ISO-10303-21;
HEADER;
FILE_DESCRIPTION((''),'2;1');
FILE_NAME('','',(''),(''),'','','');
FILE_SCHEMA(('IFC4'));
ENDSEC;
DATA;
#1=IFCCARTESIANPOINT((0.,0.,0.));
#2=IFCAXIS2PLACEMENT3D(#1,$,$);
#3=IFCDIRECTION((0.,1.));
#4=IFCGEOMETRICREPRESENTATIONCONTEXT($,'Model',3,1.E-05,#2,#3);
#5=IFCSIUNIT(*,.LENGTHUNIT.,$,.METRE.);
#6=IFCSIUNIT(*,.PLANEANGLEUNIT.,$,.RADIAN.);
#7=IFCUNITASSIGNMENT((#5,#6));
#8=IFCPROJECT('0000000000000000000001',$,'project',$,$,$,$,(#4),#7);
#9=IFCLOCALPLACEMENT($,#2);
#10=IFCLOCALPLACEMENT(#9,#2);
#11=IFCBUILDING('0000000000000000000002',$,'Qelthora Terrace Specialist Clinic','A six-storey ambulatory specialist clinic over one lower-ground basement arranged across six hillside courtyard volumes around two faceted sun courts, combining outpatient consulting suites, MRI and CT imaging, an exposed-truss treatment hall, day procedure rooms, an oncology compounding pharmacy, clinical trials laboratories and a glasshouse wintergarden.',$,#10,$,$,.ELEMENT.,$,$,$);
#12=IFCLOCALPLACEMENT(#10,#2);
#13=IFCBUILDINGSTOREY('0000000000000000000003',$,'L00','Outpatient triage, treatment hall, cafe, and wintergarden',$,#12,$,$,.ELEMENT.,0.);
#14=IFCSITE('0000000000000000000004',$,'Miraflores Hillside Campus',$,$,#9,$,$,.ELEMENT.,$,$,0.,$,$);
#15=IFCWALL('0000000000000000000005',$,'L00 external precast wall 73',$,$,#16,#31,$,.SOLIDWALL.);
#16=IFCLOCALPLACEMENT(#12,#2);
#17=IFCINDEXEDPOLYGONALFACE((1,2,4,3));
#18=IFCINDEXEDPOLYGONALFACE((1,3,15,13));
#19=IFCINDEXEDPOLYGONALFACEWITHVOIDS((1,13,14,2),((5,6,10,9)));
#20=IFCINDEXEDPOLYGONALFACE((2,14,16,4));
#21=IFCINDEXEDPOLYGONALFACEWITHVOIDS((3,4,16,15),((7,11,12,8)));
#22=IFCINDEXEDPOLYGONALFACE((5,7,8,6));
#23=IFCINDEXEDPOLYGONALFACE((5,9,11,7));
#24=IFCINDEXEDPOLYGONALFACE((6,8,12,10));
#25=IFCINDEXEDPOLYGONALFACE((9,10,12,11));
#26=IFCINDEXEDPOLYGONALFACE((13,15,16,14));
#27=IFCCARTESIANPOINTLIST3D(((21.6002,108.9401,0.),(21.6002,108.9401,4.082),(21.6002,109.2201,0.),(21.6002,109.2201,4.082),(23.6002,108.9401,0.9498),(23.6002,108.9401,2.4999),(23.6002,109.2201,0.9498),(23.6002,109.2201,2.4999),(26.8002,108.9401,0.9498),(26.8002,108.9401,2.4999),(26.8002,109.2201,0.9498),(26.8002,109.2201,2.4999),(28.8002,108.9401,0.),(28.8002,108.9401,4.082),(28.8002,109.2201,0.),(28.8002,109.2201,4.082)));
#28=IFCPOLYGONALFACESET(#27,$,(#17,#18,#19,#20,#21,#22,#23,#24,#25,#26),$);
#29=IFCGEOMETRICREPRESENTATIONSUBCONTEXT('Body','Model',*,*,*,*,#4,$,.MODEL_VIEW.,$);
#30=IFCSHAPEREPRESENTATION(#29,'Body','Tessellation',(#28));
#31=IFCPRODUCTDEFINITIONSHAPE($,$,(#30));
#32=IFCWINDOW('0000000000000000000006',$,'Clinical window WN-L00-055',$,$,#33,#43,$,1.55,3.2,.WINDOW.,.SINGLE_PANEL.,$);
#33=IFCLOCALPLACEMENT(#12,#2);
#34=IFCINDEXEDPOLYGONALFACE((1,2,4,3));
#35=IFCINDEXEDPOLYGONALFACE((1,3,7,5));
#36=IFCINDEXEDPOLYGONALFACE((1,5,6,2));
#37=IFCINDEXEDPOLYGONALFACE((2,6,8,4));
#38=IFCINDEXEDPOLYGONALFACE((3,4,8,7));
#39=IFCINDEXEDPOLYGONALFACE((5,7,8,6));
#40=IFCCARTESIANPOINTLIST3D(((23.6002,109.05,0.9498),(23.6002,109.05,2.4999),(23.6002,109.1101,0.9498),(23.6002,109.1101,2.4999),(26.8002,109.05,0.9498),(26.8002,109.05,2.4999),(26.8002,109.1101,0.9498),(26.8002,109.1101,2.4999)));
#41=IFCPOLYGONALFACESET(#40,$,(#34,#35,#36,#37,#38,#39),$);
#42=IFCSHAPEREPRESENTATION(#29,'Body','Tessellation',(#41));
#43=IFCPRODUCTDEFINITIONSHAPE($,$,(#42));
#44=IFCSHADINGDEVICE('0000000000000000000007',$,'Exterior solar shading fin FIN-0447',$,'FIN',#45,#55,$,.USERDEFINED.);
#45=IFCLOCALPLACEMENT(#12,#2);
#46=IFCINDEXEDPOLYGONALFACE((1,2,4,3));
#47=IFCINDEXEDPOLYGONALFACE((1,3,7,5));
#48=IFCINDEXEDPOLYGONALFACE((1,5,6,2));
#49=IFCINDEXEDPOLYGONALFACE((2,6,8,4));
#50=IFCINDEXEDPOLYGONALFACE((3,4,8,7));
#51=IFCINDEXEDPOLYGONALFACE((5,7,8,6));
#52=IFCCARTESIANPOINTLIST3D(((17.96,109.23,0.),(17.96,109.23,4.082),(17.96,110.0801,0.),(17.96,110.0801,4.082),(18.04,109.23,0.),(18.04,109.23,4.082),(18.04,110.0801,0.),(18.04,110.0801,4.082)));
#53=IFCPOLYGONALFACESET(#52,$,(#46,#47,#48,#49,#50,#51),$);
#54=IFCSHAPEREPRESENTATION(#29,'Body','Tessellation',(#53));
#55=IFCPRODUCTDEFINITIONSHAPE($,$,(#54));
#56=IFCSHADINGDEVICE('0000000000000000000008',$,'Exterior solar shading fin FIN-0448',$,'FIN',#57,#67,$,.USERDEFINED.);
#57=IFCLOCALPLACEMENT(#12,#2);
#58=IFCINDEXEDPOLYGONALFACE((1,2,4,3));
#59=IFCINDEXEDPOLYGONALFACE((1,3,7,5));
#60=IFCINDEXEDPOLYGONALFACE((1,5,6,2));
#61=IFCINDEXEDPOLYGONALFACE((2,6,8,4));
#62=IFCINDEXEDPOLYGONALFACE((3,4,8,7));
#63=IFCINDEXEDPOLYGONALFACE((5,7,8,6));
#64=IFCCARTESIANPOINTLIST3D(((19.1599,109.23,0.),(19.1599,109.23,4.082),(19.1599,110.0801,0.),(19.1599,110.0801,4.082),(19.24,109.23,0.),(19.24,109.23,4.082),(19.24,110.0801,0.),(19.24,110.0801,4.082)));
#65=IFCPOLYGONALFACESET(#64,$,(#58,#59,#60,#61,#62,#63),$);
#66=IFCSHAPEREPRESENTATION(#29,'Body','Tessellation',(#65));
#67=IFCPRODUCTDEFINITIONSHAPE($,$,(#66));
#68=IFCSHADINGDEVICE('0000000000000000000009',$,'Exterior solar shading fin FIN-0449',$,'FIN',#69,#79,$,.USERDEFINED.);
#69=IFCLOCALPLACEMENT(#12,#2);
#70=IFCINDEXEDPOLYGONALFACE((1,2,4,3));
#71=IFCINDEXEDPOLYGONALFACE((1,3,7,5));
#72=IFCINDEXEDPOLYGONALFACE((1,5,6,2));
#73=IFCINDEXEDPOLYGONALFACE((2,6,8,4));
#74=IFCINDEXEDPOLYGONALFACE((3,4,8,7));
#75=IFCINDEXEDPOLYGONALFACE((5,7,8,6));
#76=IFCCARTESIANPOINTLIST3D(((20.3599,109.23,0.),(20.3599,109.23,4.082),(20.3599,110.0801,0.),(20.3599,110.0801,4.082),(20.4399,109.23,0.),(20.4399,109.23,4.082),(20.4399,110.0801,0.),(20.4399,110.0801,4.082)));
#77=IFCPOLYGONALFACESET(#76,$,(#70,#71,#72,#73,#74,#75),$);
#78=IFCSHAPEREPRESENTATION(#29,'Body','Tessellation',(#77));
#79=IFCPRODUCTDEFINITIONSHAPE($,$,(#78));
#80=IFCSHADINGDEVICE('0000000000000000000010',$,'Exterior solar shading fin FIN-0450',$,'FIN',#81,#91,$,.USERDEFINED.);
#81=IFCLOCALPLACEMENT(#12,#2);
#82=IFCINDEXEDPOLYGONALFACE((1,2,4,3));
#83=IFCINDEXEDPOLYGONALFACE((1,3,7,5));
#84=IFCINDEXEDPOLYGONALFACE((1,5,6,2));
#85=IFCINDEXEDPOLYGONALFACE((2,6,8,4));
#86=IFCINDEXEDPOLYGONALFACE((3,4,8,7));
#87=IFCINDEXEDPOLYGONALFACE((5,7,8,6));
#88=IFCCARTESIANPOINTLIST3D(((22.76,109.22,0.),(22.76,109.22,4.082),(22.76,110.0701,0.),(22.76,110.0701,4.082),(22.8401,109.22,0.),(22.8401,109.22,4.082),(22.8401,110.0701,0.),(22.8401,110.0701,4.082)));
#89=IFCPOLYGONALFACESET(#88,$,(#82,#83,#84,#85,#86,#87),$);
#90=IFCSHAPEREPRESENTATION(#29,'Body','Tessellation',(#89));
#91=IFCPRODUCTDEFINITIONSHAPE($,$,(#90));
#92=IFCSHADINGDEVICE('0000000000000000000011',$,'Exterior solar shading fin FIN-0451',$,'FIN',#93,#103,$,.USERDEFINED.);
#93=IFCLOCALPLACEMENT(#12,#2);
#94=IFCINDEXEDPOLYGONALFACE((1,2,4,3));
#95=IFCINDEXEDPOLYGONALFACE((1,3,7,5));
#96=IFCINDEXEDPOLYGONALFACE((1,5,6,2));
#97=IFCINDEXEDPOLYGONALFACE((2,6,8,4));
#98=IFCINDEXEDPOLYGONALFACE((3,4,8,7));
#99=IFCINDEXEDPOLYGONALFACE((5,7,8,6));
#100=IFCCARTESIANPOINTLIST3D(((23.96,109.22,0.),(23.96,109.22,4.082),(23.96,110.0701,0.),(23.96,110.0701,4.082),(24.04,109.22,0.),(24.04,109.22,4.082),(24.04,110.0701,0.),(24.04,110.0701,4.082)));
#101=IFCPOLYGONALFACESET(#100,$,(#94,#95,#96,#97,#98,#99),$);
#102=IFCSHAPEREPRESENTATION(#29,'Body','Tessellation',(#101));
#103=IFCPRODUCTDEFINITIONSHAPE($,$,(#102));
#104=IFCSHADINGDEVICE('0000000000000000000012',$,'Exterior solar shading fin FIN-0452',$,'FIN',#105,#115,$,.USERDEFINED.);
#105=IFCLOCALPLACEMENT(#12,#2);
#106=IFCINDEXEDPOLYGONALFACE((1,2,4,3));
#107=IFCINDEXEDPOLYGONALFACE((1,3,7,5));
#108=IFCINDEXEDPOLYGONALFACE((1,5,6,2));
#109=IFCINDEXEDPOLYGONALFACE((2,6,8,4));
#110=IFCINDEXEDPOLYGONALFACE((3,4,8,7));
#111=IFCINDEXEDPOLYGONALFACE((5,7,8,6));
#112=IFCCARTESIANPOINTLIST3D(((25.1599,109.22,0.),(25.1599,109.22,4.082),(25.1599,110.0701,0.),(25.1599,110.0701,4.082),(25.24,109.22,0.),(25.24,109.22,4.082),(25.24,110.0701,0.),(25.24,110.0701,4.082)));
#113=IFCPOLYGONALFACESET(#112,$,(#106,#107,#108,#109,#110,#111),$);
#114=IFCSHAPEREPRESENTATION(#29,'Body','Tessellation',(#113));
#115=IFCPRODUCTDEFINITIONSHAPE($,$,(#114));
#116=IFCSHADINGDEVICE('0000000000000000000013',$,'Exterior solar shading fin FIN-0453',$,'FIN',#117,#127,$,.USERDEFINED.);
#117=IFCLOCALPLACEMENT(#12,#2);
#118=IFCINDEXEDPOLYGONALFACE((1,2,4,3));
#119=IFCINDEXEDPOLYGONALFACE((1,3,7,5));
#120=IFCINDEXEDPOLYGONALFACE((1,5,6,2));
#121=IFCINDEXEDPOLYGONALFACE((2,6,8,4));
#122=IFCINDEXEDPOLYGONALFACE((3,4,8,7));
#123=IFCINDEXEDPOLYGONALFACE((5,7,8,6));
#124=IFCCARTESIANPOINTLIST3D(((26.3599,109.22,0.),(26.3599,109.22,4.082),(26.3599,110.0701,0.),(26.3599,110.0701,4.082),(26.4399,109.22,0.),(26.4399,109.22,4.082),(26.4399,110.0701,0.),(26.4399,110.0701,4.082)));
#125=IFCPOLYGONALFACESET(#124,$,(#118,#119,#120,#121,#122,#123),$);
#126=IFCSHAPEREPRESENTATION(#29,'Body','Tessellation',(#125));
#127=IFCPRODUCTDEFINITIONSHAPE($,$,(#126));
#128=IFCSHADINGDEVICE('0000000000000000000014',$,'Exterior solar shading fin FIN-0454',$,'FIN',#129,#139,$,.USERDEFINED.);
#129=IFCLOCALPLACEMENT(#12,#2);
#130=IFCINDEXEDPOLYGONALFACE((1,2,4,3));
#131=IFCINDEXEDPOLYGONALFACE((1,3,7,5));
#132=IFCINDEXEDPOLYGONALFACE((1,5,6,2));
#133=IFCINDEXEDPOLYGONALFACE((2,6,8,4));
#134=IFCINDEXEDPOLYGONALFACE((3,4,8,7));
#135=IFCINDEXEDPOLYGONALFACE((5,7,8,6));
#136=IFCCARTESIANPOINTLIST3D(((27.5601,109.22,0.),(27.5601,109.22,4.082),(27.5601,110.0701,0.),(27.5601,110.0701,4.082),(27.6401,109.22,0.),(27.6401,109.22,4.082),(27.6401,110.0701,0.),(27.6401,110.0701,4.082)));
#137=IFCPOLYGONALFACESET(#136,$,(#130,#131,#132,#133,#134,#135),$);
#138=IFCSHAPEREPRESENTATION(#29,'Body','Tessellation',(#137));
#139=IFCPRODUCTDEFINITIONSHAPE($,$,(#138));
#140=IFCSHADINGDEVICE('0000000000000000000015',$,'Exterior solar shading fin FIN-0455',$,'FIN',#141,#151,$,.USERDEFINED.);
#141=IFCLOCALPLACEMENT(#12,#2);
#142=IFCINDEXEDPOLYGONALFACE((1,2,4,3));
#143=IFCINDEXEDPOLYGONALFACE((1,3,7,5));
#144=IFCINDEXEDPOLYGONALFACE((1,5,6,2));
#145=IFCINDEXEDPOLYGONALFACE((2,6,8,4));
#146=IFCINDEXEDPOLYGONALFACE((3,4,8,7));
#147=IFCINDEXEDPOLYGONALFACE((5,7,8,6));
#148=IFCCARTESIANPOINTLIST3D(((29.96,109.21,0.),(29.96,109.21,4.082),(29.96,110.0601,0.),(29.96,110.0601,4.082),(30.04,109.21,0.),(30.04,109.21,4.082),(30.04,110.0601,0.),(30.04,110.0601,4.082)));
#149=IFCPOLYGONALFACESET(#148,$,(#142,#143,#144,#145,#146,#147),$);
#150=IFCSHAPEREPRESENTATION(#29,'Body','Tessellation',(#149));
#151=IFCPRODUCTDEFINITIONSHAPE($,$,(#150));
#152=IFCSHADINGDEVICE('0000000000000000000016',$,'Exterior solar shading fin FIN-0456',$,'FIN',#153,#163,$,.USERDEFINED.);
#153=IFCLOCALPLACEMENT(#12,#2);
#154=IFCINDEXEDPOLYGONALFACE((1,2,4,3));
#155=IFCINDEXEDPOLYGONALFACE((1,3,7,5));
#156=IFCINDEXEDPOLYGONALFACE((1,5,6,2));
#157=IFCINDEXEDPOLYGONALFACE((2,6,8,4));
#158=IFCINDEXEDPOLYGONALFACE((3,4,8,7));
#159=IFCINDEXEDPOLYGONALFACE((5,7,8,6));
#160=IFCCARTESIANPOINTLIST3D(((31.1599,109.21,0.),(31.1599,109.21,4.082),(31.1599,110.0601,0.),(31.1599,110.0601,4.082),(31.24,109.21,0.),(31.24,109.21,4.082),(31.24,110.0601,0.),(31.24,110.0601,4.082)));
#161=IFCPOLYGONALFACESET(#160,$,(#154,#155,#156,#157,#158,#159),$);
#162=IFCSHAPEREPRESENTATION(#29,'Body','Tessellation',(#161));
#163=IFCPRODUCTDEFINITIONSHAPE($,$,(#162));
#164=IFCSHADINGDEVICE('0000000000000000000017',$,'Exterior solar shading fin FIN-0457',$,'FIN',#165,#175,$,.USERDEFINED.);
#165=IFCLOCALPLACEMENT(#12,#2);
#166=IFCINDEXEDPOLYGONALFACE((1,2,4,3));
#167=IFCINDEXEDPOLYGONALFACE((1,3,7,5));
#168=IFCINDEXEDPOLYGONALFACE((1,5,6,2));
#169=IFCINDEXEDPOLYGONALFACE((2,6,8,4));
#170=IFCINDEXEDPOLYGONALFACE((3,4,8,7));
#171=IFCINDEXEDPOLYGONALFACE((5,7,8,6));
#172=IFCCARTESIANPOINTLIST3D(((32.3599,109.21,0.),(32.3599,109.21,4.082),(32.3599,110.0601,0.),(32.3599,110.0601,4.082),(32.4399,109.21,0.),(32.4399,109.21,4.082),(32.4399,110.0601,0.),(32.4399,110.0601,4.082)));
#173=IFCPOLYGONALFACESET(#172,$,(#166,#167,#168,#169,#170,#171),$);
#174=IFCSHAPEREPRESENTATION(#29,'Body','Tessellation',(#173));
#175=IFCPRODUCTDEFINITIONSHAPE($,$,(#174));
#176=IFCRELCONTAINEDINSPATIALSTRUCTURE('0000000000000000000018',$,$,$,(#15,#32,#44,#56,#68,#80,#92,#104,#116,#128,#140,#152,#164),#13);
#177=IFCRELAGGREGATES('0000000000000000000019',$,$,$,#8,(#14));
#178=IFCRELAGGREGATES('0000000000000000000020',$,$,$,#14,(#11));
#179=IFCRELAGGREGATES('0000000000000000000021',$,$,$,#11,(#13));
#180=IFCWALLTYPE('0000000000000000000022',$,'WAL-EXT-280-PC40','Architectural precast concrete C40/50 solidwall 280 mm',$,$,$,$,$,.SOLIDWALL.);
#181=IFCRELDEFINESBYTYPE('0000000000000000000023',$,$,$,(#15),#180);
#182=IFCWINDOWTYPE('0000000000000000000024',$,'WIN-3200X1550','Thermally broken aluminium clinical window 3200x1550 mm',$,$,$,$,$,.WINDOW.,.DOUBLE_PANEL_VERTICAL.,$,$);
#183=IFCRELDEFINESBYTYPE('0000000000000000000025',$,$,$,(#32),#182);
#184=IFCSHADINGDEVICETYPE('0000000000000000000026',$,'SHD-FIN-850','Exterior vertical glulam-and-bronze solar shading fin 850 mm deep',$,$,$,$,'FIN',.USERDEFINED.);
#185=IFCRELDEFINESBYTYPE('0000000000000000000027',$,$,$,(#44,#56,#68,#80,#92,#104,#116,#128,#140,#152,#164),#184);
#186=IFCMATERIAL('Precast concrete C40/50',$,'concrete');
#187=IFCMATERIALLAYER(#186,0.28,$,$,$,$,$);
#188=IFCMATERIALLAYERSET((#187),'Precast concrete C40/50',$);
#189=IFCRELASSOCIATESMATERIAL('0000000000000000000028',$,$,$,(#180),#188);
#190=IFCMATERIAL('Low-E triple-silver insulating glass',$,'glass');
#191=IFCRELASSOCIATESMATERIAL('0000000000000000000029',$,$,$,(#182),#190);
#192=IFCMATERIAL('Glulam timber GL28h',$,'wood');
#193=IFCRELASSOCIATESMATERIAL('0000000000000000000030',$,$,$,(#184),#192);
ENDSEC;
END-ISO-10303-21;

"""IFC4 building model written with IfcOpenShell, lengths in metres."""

from ifc_helpers import new_model, si_unit, direction, frame, frame_2d, origin, origin_2d, place, context, subcontext, project, spatial, rectangle, extrude, material, layer, layer_set, type_object, element, fill, save


model = new_model("IFC4")

# Units and contexts
model_context = context("Model", 3, precision=1e-05, world=origin(), true_north=direction((0.0, 1.0)))
body_context = subcontext(model_context, "Body", "Model", "MODEL_VIEW")
ifc_project = project(units=[si_unit("LENGTHUNIT", "METRE"), si_unit("PLANEANGLEUNIT", "RADIAN")], contexts=[model_context])

# Site, building, storey
site_placement = place(None, origin())
site = spatial("IfcSite", under=ifc_project, at=site_placement, Name="Miraflores Hillside Campus", CompositionType="ELEMENT", RefElevation=0.0)
building_placement = place(site_placement, origin())
building = spatial("IfcBuilding", under=site, at=building_placement, Name="Qelthora Terrace Specialist Clinic", Description="A six-storey ambulatory specialist clinic over one lower-ground basement arranged across six hillside courtyard volumes around two faceted sun courts, combining outpatient consulting suites, MRI and CT imaging, an exposed-truss treatment hall, day procedure rooms, an oncology compounding pharmacy, clinical trials laboratories and a glasshouse wintergarden.", CompositionType="ELEMENT")
storey_placement = place(building_placement, origin())
storey = spatial("IfcBuildingStorey", under=building, at=storey_placement, Name="L00", Description="Outpatient triage, treatment hall, cafe, and wintergarden", CompositionType="ELEMENT", Elevation=0.0)

# Wall, opening, window
ifc_material_1 = material(Name="Precast concrete C40/50", Category="concrete")
ifc_material_2 = material(Name="Low-E triple-silver insulating glass", Category="glass")
ifc_layer_1 = layer(ifc_material_1, 0.28)
ifc_layer_set_1 = layer_set([ifc_layer_1], Name="Precast concrete C40/50")
wall_type_1 = type_object("IfcWallType", Name="WAL-EXT-280-PC40", Description="Architectural precast concrete C40/50 solidwall 280 mm", PredefinedType="SOLIDWALL", material=ifc_layer_set_1)
wall_1_placement = place(storey_placement, frame((21.6001, 109.0801, 0.0), z_axis=(0.0, 0.0, 1.0), x_axis=(1.0, 0.0, 0.0)))
wall_1 = element("IfcWall", 1, at=wall_1_placement, inside=storey, type_object=wall_type_1, Name="L00 external precast wall 73", PredefinedType="SOLIDWALL", context=body_context, shape_type="SweptSolid", body=[
    extrude(rectangle(XDim=7.2, YDim=0.28, at=frame_2d((3.6001, 0.0))), origin(), (0.0, 0.0, 1.0), 4.082),
])
opening_1_placement = place(wall_1_placement, frame((2.0, 0.0, 0.95)))
opening_1 = element("IfcOpeningElement", 2, at=opening_1_placement, cuts=wall_1, PredefinedType="OPENING", context=body_context, shape_type="SweptSolid", body=[
    extrude(rectangle(XDim=3.2, YDim=1.55, at=frame_2d((1.6001, 0.7749))), frame((0.0, 0.1499, 0.0), z_axis=(0.0, -1.0, 0.0), x_axis=(1.0, 0.0, 0.0)), (0.0, 0.0, 1.0), 0.3),
])
window_type_1 = type_object("IfcWindowType", Name="WIN-3200X1550", Description="Thermally broken aluminium clinical window 3200x1550 mm", PartitioningType="DOUBLE_PANEL_VERTICAL", PredefinedType="WINDOW", material=ifc_material_2)
window_1_placement = place(opening_1_placement, origin())
window_1 = element("IfcWindow", 3, at=window_1_placement, inside=storey, type_object=window_type_1, Name="Clinical window WN-L00-055", OverallHeight=1.55, OverallWidth=3.2, PartitioningType="SINGLE_PANEL", PredefinedType="WINDOW", context=body_context, shape_type="SweptSolid", body=[
    extrude(rectangle(XDim=3.2, YDim=1.55, at=frame_2d((1.6001, 0.7749))), frame((0.0, 0.03, 0.0), z_axis=(0.0, -1.0, 0.0), x_axis=(1.0, 0.0, 0.0)), (0.0, 0.0, 1.0), 0.0601),
])
fill(opening_1, window_1)

# Shading devices
ifc_material_3 = material(Name="Glulam timber GL28h", Category="wood")
shading_device_type = type_object("IfcShadingDeviceType", Name="SHD-FIN-850", Description="Exterior vertical glulam-and-bronze solar shading fin 850 mm deep", ElementType="FIN", PredefinedType="USERDEFINED", material=ifc_material_3)
for number, where, z_axis, x_axis, name in (
    (4, (18.0, 109.655, 0.0), (0.0, 0.0, 1.0), (0.0, 1.0, 0.0), "Exterior solar shading fin FIN-0447"),
    (5, (19.2, 109.655, 0.0), (0.0, 0.0, 1.0), (0.0, 1.0, 0.0), "Exterior solar shading fin FIN-0448"),
    (6, (20.3999, 109.655, 0.0), (0.0, 0.0, 1.0), (0.0, 1.0, 0.0), "Exterior solar shading fin FIN-0449"),
    (7, (22.8, 109.645, 0.0), (0.0, 0.0, 1.0), (0.0, 1.0, 0.0), "Exterior solar shading fin FIN-0450"),
    (8, (24.0, 109.645, 0.0), (0.0, 0.0, 1.0), (0.0, 1.0, 0.0), "Exterior solar shading fin FIN-0451"),
    (9, (25.2, 109.645, 0.0), (0.0, 0.0, 1.0), (0.0, 1.0, 0.0), "Exterior solar shading fin FIN-0452"),
    (10, (26.3999, 109.645, 0.0), (0.0, 0.0, 1.0), (0.0, 1.0, 0.0), "Exterior solar shading fin FIN-0453"),
    (11, (27.6001, 109.645, 0.0), (0.0, 0.0, 1.0), (0.0, 1.0, 0.0), "Exterior solar shading fin FIN-0454"),
    (12, (30.0, 109.635, 0.0), (0.0, 0.0, 1.0), (0.0, 1.0, 0.0), "Exterior solar shading fin FIN-0455"),
    (13, (31.2, 109.635, 0.0), (0.0, 0.0, 1.0), (0.0, 1.0, 0.0), "Exterior solar shading fin FIN-0456"),
    (14, (32.3999, 109.635, 0.0), (0.0, 0.0, 1.0), (0.0, 1.0, 0.0), "Exterior solar shading fin FIN-0457"),
):
    element("IfcShadingDevice", number, at=place(storey_placement, frame(where, z_axis=z_axis, x_axis=x_axis)), inside=storey, type_object=shading_device_type, Name=name, ObjectType="FIN", PredefinedType="USERDEFINED", context=body_context, shape_type="SweptSolid", body=[
        extrude(rectangle(XDim=0.8501, YDim=0.0801, at=origin_2d()), origin(), (0.0, 0.0, 1.0), 4.082),
    ])

save(model, "model.ifc")
